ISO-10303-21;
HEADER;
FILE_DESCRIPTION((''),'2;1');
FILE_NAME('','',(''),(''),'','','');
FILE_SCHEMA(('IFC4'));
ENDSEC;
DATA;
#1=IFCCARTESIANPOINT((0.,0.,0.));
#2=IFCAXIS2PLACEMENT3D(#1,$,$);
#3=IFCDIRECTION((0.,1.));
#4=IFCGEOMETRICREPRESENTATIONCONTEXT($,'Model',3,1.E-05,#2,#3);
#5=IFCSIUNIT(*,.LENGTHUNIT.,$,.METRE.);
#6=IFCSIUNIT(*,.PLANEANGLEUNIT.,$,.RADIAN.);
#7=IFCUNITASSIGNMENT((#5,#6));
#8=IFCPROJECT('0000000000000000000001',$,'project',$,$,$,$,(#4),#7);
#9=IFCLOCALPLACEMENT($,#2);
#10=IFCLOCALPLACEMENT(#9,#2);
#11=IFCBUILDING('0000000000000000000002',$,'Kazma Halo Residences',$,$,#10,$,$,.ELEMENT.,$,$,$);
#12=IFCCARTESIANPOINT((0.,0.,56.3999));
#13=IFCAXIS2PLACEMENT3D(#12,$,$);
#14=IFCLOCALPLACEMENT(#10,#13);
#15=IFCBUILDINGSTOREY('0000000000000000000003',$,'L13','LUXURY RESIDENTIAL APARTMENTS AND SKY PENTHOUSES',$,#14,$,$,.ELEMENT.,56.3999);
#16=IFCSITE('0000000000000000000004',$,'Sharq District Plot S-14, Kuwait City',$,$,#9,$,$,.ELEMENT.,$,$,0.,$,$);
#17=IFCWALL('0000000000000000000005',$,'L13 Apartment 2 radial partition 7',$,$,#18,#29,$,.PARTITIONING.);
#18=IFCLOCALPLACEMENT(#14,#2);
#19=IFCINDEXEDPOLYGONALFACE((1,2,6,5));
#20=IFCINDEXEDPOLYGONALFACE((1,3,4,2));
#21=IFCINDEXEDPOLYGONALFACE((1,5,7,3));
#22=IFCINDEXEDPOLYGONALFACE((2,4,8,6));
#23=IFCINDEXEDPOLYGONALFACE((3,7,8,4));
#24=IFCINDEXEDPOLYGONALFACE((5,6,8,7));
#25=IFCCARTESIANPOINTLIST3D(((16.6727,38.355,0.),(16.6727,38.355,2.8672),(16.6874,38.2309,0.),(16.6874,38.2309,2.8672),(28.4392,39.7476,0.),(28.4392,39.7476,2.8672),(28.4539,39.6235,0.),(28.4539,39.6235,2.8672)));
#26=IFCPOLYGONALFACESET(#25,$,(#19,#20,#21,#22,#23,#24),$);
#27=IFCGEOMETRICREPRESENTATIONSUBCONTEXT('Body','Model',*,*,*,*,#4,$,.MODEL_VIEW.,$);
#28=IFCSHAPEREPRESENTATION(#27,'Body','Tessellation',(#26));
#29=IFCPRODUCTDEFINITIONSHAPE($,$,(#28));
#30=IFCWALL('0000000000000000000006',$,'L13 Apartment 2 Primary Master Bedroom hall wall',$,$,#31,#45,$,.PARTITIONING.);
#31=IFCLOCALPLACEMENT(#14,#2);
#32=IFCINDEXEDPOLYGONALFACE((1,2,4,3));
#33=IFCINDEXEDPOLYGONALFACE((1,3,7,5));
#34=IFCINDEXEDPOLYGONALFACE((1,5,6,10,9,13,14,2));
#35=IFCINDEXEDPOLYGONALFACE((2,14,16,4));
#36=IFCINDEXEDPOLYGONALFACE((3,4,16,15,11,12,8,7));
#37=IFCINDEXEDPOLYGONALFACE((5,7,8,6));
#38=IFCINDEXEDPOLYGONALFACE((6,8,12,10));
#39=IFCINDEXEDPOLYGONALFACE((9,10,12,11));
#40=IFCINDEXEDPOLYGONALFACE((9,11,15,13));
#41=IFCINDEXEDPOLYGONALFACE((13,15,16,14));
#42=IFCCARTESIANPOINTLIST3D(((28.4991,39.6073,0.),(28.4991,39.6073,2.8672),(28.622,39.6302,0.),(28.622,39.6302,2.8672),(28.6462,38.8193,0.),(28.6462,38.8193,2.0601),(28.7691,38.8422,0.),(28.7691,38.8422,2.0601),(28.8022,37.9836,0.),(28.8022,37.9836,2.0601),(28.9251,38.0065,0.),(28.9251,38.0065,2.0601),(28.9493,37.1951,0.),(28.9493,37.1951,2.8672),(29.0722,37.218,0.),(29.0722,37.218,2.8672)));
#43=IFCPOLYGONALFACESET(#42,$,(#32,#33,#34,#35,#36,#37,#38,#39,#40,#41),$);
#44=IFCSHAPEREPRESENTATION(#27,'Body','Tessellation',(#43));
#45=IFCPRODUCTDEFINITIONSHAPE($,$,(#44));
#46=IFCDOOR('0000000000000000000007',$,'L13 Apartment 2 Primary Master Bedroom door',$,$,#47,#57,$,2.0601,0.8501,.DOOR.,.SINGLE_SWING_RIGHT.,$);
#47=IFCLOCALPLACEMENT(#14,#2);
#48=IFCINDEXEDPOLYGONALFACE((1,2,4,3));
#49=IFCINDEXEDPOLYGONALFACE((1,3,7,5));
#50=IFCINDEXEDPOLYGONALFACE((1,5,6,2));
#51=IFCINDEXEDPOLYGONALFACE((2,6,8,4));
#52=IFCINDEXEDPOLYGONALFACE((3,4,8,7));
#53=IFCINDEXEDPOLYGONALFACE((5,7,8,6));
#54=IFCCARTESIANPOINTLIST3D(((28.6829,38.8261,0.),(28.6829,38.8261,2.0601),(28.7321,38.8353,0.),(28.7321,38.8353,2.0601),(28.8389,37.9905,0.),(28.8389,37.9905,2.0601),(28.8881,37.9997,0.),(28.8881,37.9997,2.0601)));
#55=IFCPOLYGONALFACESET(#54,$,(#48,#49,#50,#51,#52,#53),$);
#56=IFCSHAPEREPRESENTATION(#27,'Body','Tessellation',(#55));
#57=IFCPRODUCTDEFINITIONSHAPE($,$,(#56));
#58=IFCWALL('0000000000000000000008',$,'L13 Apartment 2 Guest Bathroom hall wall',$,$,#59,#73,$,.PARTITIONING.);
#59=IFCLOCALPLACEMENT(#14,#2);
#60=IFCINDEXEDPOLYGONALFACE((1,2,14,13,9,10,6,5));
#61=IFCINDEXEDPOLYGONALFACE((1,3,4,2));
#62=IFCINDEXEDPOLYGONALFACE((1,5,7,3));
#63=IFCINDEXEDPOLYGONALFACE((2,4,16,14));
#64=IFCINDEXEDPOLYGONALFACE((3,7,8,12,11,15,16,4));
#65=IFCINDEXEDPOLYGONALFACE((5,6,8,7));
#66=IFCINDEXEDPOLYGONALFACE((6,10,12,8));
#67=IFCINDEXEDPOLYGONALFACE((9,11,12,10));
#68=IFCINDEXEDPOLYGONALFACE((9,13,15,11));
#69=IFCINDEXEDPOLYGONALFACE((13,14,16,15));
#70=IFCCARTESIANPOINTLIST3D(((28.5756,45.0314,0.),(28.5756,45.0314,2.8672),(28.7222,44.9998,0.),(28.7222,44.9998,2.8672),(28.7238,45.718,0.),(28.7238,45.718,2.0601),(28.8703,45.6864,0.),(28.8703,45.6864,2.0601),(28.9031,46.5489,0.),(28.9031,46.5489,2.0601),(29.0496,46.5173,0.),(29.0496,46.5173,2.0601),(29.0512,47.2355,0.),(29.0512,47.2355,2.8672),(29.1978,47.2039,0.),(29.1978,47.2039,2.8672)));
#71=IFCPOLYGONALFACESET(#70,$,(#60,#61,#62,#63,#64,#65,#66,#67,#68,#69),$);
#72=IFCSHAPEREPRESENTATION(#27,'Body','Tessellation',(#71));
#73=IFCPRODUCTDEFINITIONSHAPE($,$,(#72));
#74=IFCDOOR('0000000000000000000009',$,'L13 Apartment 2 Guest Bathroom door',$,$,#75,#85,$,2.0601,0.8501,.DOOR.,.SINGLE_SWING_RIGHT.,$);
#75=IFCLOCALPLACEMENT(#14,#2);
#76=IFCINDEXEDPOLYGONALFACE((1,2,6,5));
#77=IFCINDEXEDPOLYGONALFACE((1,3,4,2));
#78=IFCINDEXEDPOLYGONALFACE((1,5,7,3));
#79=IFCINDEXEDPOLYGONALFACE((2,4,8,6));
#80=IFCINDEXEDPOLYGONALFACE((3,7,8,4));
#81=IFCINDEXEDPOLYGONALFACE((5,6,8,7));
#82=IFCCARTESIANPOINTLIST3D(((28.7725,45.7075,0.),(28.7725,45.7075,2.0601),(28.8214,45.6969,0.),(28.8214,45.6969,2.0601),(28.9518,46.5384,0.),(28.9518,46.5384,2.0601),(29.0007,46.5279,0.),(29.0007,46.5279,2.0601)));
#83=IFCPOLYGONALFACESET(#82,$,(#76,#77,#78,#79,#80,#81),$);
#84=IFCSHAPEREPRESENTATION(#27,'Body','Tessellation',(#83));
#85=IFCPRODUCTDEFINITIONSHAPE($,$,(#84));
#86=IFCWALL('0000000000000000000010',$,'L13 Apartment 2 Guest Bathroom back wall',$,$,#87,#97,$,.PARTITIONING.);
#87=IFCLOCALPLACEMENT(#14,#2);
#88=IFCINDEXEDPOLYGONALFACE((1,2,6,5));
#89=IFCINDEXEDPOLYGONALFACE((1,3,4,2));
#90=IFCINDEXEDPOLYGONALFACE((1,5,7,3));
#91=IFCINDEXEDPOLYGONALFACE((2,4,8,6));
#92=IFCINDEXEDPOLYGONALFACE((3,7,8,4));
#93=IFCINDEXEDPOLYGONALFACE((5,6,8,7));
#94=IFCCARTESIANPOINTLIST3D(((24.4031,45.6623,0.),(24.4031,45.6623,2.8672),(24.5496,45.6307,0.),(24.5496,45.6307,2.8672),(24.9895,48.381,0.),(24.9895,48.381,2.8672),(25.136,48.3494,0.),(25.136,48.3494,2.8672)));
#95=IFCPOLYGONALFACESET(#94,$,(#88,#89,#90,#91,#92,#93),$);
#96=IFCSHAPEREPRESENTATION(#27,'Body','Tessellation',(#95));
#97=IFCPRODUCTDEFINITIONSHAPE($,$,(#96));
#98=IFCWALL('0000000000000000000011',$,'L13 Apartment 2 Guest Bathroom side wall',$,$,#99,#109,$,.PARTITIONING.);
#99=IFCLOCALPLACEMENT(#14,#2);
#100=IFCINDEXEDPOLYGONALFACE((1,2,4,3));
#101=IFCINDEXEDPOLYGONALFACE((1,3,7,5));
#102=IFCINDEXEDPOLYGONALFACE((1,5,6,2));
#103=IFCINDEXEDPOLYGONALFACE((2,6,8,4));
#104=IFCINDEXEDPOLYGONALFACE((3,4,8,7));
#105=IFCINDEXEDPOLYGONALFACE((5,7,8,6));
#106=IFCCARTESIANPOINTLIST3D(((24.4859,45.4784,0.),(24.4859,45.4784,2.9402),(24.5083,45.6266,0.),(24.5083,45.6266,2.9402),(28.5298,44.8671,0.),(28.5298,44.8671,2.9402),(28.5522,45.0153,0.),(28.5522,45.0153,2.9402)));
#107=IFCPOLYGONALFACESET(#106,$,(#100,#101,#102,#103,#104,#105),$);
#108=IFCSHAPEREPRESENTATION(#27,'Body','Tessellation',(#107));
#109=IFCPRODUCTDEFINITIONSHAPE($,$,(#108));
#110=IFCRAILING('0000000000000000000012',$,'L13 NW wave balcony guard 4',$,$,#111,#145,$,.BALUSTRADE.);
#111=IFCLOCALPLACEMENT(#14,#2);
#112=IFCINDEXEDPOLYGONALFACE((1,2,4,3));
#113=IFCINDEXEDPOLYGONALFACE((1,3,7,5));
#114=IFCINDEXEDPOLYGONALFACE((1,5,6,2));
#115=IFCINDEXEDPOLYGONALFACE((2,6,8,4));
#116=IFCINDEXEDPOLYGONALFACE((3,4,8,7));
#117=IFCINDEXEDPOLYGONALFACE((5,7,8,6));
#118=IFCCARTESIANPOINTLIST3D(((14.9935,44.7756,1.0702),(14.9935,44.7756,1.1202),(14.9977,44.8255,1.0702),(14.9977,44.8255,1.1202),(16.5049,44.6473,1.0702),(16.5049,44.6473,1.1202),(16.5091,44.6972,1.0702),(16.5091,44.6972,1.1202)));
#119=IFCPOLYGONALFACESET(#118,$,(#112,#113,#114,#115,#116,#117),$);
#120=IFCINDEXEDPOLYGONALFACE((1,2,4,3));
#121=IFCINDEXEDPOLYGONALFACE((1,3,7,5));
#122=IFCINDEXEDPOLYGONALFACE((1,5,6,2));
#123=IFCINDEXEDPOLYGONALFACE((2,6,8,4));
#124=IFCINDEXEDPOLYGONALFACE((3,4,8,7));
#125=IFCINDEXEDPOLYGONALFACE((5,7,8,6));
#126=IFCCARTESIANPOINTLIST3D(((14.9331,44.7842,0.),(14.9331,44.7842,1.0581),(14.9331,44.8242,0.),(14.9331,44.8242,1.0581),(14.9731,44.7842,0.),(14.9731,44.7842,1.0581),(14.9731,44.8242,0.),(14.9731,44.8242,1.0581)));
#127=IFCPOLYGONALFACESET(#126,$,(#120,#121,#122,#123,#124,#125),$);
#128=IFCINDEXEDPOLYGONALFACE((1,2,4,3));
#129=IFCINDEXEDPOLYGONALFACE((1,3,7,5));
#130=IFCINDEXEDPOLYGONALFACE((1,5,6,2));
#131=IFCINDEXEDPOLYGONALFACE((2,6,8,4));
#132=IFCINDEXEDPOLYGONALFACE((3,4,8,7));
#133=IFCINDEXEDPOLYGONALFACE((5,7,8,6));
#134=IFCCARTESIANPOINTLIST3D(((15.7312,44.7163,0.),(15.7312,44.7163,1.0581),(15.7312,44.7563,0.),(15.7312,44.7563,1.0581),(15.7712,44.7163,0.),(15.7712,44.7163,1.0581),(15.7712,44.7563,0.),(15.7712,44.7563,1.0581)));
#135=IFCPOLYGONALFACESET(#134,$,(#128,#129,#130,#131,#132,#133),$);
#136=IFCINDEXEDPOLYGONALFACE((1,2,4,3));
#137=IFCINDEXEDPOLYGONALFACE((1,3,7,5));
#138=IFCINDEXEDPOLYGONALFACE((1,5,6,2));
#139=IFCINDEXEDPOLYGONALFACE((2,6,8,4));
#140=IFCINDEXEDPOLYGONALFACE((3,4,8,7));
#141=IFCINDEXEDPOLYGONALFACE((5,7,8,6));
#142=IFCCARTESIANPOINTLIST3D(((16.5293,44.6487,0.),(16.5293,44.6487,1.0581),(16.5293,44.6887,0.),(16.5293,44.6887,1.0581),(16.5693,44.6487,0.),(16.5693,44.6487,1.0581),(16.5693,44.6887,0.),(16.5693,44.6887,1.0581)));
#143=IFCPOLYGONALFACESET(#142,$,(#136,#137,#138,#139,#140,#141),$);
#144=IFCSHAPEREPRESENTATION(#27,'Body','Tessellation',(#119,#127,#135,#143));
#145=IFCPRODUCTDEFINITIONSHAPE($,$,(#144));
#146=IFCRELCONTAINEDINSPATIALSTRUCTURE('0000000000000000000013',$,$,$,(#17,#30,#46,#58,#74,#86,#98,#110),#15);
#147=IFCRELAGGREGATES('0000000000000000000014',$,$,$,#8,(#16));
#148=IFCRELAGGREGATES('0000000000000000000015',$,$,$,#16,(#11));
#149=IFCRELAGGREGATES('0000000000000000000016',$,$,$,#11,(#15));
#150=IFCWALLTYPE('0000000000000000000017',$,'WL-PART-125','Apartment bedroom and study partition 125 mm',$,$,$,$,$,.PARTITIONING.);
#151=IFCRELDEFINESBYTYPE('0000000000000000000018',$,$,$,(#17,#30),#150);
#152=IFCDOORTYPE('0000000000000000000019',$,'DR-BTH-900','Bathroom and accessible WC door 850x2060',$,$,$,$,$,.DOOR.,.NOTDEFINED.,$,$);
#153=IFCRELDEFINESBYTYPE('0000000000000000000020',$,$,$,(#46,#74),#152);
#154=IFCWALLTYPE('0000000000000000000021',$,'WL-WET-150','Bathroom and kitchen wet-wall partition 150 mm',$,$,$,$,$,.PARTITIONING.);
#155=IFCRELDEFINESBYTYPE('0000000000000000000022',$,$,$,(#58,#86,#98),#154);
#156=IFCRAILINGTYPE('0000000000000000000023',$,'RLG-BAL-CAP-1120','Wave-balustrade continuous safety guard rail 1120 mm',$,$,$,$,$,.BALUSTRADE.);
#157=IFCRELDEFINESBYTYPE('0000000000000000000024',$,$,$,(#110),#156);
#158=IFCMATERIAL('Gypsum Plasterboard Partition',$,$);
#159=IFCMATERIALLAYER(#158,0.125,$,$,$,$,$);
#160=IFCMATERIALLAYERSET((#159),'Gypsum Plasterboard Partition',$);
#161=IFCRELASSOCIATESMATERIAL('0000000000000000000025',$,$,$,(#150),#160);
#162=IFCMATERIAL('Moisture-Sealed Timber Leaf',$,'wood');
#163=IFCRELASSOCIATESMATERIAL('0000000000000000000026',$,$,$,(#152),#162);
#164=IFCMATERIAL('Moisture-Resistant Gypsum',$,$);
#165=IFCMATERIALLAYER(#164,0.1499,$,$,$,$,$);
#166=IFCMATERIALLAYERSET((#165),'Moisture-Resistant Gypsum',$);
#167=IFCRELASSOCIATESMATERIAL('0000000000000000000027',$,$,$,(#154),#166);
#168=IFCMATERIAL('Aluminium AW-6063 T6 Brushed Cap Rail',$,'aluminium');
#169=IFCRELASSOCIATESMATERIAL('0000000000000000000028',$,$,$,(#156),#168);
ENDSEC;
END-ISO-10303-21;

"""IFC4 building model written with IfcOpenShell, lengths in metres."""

from ifc_helpers import new_model, si_unit, direction, frame, frame_2d, origin, origin_2d, place, context, subcontext, project, spatial, rectangle, extrude, material, layer, layer_set, type_object, element, fill, save


model = new_model("IFC4")

# Units and contexts
model_context = context("Model", 3, precision=1e-05, world=origin(), true_north=direction((0.0, 1.0)))
body_context = subcontext(model_context, "Body", "Model", "MODEL_VIEW")
ifc_project = project(units=[si_unit("LENGTHUNIT", "METRE"), si_unit("PLANEANGLEUNIT", "RADIAN")], contexts=[model_context])

# Site, building, storey
site_placement = place(None, origin())
site = spatial("IfcSite", under=ifc_project, at=site_placement, Name="Sharq District Plot S-14, Kuwait City", CompositionType="ELEMENT", RefElevation=0.0)
building_placement = place(site_placement, origin())
building = spatial("IfcBuilding", under=site, at=building_placement, Name="Kazma Halo Residences", CompositionType="ELEMENT")
storey_placement = place(building_placement, frame((0.0, 0.0, 56.3999)))
storey = spatial("IfcBuildingStorey", under=building, at=storey_placement, Name="L13", Description="LUXURY RESIDENTIAL APARTMENTS AND SKY PENTHOUSES", CompositionType="ELEMENT", Elevation=56.3999)

# Shared definitions
ifc_material_1 = material(Name="Gypsum Plasterboard Partition")
ifc_layer_1 = layer(ifc_material_1, 0.125)
ifc_layer_set_1 = layer_set([ifc_layer_1], Name="Gypsum Plasterboard Partition")
wall_type_1 = type_object("IfcWallType", Name="WL-PART-125", Description="Apartment bedroom and study partition 125 mm", PredefinedType="PARTITIONING", material=ifc_layer_set_1)

# Shared definitions
ifc_material_2 = material(Name="Moisture-Sealed Timber Leaf", Category="wood")
door_type = type_object("IfcDoorType", Name="DR-BTH-900", Description="Bathroom and accessible WC door 850x2060", OperationType="NOTDEFINED", PredefinedType="DOOR", material=ifc_material_2)

# Wall
wall_1_placement = place(storey_placement, frame((28.4465, 39.6855, 0.0), z_axis=(0.0, 0.0, 1.0), x_axis=(-0.993069, -0.11753, 0.0)))
element("IfcWall", 1, at=wall_1_placement, inside=storey, type_object=wall_type_1, Name="L13 Apartment 2 radial partition 7", PredefinedType="PARTITIONING", context=body_context, shape_type="SweptSolid", body=[
    extrude(rectangle(XDim=11.8486, YDim=0.125, at=frame_2d((5.9243, 0.0))), origin(), (0.0, 0.0, 1.0), 2.8672),
])

# Walls, openings, doors
wall_2_placement = place(storey_placement, frame((28.5605, 39.6189, 0.0), z_axis=(0.0, 0.0, 1.0), x_axis=(0.183471, -0.983025, 0.0)))
wall_2 = element("IfcWall", 2, at=wall_2_placement, inside=storey, type_object=wall_type_1, Name="L13 Apartment 2 Primary Master Bedroom hall wall", PredefinedType="PARTITIONING", context=body_context, shape_type="SweptSolid", body=[
    extrude(rectangle(XDim=2.4539, YDim=0.125, at=frame_2d((1.2271, 0.0))), origin(), (0.0, 0.0, 1.0), 2.8672),
])
opening_1_placement = place(wall_2_placement, frame((0.8018, 0.0, 0.0)))
opening_1 = element("IfcOpeningElement", 3, at=opening_1_placement, cuts=wall_2, PredefinedType="OPENING", context=body_context, shape_type="SweptSolid", body=[
    extrude(rectangle(XDim=0.8501, YDim=2.0601, at=frame_2d((0.425, 1.03))), frame((0.0, 0.0725, 0.0), z_axis=(0.0, -1.0, 0.0), x_axis=(1.0, 0.0, 0.0)), (0.0, 0.0, 1.0), 0.145),
])
door_1_placement = place(opening_1_placement, origin())
door_1 = element("IfcDoor", 4, at=door_1_placement, inside=storey, type_object=door_type, Name="L13 Apartment 2 Primary Master Bedroom door", OperationType="SINGLE_SWING_RIGHT", OverallHeight=2.0601, OverallWidth=0.8501, PredefinedType="DOOR", context=body_context, shape_type="SweptSolid", body=[
    extrude(rectangle(XDim=0.8501, YDim=2.0601, at=frame_2d((0.425, 1.03))), frame((0.0, 0.0249, 0.0), z_axis=(0.0, -1.0, 0.0), x_axis=(1.0, 0.0, 0.0)), (0.0, 0.0, 1.0), 0.05),
])
fill(opening_1, door_1)
ifc_material_3 = material(Name="Moisture-Resistant Gypsum")
ifc_layer_2 = layer(ifc_material_3, 0.1499)
ifc_layer_set_2 = layer_set([ifc_layer_2], Name="Moisture-Resistant Gypsum")
wall_type_2 = type_object("IfcWallType", Name="WL-WET-150", Description="Bathroom and kitchen wet-wall partition 150 mm", PredefinedType="PARTITIONING", material=ifc_layer_set_2)
wall_3_placement = place(storey_placement, frame((29.1245, 47.2197, 0.0), z_axis=(0.0, 0.0, 1.0), x_axis=(-0.210919, -0.977504, 0.0)))
wall_3 = element("IfcWall", 5, at=wall_3_placement, inside=storey, type_object=wall_type_2, Name="L13 Apartment 2 Guest Bathroom hall wall", PredefinedType="PARTITIONING", context=body_context, shape_type="SweptSolid", body=[
    extrude(rectangle(XDim=2.2549, YDim=0.1499, at=frame_2d((1.1274, 0.0))), origin(), (0.0, 0.0, 1.0), 2.8672),
])
opening_2_placement = place(wall_3_placement, frame((0.7024, 0.0, 0.0)))
opening_2 = element("IfcOpeningElement", 6, at=opening_2_placement, cuts=wall_3, PredefinedType="OPENING", context=body_context, shape_type="SweptSolid", body=[
    extrude(rectangle(XDim=0.8501, YDim=2.0601, at=frame_2d((0.425, 1.03))), frame((0.0, 0.085, 0.0), z_axis=(0.0, -1.0, 0.0), x_axis=(1.0, 0.0, 0.0)), (0.0, 0.0, 1.0), 0.1699),
])
door_2_placement = place(opening_2_placement, origin())
door_2 = element("IfcDoor", 7, at=door_2_placement, inside=storey, type_object=door_type, Name="L13 Apartment 2 Guest Bathroom door", OperationType="SINGLE_SWING_RIGHT", OverallHeight=2.0601, OverallWidth=0.8501, PredefinedType="DOOR", context=body_context, shape_type="SweptSolid", body=[
    extrude(rectangle(XDim=0.8501, YDim=2.0601, at=frame_2d((0.425, 1.03))), frame((0.0, 0.0249, 0.0), z_axis=(0.0, -1.0, 0.0), x_axis=(1.0, 0.0, 0.0)), (0.0, 0.0, 1.0), 0.05),
])
fill(opening_2, door_2)

# Walls
wall_4_placement = place(storey_placement, frame((25.0627, 48.3652, 0.0), z_axis=(0.0, 0.0, 1.0), x_axis=(-0.210848, -0.977519, 0.0)))
element("IfcWall", 8, at=wall_4_placement, inside=storey, type_object=wall_type_2, Name="L13 Apartment 2 Guest Bathroom back wall", PredefinedType="PARTITIONING", context=body_context, shape_type="SweptSolid", body=[
    extrude(rectangle(XDim=2.7812, YDim=0.1499, at=frame_2d((1.3906, 0.0))), origin(), (0.0, 0.0, 1.0), 2.8672),
])
wall_5_placement = place(storey_placement, frame((28.541, 44.9412, 0.0), z_axis=(0.0, 0.0, 1.0), x_axis=(-0.988766, 0.149473, 0.0)))
element("IfcWall", 9, at=wall_5_placement, inside=storey, type_object=wall_type_2, Name="L13 Apartment 2 Guest Bathroom side wall", PredefinedType="PARTITIONING", context=body_context, shape_type="SweptSolid", body=[
    extrude(rectangle(XDim=4.0898, YDim=0.1499, at=frame_2d((2.0449, 0.0))), origin(), (0.0, 0.0, 1.0), 2.9402),
])

# Railing
ifc_material_4 = material(Name="Aluminium AW-6063 T6 Brushed Cap Rail", Category="aluminium")
railing_type = type_object("IfcRailingType", Name="RLG-BAL-CAP-1120", Description="Wave-balustrade continuous safety guard rail 1120 mm", PredefinedType="BALUSTRADE", material=ifc_material_4)
railing_placement = place(storey_placement, frame((14.9531, 44.8042, 0.0)))
element("IfcRailing", 10, at=railing_placement, inside=storey, type_object=railing_type, Name="L13 NW wave balcony guard 4", PredefinedType="BALUSTRADE", context=body_context, shape_type="SweptSolid", body=[
    extrude(rectangle(XDim=0.05, YDim=0.05, at=origin_2d()), frame((0.0425, -0.0037, 1.0952), z_axis=(0.996416, -0.084584, 0.0), x_axis=(0.084584, 0.996416, 0.0)), (0.0, 0.0, 1.0), 1.5168),
    extrude(rectangle(XDim=0.04, YDim=0.04, at=origin_2d()), origin(), (0.0, 0.0, 1.0), 1.0581),
    extrude(rectangle(XDim=0.04, YDim=0.04, at=origin_2d()), frame((0.7981, -0.0679, 0.0)), (0.0, 0.0, 1.0), 1.0581),
    extrude(rectangle(XDim=0.04, YDim=0.04, at=origin_2d()), frame((1.5962, -0.1355, 0.0)), (0.0, 0.0, 1.0), 1.0581),
])

save(model, "model.ifc")
